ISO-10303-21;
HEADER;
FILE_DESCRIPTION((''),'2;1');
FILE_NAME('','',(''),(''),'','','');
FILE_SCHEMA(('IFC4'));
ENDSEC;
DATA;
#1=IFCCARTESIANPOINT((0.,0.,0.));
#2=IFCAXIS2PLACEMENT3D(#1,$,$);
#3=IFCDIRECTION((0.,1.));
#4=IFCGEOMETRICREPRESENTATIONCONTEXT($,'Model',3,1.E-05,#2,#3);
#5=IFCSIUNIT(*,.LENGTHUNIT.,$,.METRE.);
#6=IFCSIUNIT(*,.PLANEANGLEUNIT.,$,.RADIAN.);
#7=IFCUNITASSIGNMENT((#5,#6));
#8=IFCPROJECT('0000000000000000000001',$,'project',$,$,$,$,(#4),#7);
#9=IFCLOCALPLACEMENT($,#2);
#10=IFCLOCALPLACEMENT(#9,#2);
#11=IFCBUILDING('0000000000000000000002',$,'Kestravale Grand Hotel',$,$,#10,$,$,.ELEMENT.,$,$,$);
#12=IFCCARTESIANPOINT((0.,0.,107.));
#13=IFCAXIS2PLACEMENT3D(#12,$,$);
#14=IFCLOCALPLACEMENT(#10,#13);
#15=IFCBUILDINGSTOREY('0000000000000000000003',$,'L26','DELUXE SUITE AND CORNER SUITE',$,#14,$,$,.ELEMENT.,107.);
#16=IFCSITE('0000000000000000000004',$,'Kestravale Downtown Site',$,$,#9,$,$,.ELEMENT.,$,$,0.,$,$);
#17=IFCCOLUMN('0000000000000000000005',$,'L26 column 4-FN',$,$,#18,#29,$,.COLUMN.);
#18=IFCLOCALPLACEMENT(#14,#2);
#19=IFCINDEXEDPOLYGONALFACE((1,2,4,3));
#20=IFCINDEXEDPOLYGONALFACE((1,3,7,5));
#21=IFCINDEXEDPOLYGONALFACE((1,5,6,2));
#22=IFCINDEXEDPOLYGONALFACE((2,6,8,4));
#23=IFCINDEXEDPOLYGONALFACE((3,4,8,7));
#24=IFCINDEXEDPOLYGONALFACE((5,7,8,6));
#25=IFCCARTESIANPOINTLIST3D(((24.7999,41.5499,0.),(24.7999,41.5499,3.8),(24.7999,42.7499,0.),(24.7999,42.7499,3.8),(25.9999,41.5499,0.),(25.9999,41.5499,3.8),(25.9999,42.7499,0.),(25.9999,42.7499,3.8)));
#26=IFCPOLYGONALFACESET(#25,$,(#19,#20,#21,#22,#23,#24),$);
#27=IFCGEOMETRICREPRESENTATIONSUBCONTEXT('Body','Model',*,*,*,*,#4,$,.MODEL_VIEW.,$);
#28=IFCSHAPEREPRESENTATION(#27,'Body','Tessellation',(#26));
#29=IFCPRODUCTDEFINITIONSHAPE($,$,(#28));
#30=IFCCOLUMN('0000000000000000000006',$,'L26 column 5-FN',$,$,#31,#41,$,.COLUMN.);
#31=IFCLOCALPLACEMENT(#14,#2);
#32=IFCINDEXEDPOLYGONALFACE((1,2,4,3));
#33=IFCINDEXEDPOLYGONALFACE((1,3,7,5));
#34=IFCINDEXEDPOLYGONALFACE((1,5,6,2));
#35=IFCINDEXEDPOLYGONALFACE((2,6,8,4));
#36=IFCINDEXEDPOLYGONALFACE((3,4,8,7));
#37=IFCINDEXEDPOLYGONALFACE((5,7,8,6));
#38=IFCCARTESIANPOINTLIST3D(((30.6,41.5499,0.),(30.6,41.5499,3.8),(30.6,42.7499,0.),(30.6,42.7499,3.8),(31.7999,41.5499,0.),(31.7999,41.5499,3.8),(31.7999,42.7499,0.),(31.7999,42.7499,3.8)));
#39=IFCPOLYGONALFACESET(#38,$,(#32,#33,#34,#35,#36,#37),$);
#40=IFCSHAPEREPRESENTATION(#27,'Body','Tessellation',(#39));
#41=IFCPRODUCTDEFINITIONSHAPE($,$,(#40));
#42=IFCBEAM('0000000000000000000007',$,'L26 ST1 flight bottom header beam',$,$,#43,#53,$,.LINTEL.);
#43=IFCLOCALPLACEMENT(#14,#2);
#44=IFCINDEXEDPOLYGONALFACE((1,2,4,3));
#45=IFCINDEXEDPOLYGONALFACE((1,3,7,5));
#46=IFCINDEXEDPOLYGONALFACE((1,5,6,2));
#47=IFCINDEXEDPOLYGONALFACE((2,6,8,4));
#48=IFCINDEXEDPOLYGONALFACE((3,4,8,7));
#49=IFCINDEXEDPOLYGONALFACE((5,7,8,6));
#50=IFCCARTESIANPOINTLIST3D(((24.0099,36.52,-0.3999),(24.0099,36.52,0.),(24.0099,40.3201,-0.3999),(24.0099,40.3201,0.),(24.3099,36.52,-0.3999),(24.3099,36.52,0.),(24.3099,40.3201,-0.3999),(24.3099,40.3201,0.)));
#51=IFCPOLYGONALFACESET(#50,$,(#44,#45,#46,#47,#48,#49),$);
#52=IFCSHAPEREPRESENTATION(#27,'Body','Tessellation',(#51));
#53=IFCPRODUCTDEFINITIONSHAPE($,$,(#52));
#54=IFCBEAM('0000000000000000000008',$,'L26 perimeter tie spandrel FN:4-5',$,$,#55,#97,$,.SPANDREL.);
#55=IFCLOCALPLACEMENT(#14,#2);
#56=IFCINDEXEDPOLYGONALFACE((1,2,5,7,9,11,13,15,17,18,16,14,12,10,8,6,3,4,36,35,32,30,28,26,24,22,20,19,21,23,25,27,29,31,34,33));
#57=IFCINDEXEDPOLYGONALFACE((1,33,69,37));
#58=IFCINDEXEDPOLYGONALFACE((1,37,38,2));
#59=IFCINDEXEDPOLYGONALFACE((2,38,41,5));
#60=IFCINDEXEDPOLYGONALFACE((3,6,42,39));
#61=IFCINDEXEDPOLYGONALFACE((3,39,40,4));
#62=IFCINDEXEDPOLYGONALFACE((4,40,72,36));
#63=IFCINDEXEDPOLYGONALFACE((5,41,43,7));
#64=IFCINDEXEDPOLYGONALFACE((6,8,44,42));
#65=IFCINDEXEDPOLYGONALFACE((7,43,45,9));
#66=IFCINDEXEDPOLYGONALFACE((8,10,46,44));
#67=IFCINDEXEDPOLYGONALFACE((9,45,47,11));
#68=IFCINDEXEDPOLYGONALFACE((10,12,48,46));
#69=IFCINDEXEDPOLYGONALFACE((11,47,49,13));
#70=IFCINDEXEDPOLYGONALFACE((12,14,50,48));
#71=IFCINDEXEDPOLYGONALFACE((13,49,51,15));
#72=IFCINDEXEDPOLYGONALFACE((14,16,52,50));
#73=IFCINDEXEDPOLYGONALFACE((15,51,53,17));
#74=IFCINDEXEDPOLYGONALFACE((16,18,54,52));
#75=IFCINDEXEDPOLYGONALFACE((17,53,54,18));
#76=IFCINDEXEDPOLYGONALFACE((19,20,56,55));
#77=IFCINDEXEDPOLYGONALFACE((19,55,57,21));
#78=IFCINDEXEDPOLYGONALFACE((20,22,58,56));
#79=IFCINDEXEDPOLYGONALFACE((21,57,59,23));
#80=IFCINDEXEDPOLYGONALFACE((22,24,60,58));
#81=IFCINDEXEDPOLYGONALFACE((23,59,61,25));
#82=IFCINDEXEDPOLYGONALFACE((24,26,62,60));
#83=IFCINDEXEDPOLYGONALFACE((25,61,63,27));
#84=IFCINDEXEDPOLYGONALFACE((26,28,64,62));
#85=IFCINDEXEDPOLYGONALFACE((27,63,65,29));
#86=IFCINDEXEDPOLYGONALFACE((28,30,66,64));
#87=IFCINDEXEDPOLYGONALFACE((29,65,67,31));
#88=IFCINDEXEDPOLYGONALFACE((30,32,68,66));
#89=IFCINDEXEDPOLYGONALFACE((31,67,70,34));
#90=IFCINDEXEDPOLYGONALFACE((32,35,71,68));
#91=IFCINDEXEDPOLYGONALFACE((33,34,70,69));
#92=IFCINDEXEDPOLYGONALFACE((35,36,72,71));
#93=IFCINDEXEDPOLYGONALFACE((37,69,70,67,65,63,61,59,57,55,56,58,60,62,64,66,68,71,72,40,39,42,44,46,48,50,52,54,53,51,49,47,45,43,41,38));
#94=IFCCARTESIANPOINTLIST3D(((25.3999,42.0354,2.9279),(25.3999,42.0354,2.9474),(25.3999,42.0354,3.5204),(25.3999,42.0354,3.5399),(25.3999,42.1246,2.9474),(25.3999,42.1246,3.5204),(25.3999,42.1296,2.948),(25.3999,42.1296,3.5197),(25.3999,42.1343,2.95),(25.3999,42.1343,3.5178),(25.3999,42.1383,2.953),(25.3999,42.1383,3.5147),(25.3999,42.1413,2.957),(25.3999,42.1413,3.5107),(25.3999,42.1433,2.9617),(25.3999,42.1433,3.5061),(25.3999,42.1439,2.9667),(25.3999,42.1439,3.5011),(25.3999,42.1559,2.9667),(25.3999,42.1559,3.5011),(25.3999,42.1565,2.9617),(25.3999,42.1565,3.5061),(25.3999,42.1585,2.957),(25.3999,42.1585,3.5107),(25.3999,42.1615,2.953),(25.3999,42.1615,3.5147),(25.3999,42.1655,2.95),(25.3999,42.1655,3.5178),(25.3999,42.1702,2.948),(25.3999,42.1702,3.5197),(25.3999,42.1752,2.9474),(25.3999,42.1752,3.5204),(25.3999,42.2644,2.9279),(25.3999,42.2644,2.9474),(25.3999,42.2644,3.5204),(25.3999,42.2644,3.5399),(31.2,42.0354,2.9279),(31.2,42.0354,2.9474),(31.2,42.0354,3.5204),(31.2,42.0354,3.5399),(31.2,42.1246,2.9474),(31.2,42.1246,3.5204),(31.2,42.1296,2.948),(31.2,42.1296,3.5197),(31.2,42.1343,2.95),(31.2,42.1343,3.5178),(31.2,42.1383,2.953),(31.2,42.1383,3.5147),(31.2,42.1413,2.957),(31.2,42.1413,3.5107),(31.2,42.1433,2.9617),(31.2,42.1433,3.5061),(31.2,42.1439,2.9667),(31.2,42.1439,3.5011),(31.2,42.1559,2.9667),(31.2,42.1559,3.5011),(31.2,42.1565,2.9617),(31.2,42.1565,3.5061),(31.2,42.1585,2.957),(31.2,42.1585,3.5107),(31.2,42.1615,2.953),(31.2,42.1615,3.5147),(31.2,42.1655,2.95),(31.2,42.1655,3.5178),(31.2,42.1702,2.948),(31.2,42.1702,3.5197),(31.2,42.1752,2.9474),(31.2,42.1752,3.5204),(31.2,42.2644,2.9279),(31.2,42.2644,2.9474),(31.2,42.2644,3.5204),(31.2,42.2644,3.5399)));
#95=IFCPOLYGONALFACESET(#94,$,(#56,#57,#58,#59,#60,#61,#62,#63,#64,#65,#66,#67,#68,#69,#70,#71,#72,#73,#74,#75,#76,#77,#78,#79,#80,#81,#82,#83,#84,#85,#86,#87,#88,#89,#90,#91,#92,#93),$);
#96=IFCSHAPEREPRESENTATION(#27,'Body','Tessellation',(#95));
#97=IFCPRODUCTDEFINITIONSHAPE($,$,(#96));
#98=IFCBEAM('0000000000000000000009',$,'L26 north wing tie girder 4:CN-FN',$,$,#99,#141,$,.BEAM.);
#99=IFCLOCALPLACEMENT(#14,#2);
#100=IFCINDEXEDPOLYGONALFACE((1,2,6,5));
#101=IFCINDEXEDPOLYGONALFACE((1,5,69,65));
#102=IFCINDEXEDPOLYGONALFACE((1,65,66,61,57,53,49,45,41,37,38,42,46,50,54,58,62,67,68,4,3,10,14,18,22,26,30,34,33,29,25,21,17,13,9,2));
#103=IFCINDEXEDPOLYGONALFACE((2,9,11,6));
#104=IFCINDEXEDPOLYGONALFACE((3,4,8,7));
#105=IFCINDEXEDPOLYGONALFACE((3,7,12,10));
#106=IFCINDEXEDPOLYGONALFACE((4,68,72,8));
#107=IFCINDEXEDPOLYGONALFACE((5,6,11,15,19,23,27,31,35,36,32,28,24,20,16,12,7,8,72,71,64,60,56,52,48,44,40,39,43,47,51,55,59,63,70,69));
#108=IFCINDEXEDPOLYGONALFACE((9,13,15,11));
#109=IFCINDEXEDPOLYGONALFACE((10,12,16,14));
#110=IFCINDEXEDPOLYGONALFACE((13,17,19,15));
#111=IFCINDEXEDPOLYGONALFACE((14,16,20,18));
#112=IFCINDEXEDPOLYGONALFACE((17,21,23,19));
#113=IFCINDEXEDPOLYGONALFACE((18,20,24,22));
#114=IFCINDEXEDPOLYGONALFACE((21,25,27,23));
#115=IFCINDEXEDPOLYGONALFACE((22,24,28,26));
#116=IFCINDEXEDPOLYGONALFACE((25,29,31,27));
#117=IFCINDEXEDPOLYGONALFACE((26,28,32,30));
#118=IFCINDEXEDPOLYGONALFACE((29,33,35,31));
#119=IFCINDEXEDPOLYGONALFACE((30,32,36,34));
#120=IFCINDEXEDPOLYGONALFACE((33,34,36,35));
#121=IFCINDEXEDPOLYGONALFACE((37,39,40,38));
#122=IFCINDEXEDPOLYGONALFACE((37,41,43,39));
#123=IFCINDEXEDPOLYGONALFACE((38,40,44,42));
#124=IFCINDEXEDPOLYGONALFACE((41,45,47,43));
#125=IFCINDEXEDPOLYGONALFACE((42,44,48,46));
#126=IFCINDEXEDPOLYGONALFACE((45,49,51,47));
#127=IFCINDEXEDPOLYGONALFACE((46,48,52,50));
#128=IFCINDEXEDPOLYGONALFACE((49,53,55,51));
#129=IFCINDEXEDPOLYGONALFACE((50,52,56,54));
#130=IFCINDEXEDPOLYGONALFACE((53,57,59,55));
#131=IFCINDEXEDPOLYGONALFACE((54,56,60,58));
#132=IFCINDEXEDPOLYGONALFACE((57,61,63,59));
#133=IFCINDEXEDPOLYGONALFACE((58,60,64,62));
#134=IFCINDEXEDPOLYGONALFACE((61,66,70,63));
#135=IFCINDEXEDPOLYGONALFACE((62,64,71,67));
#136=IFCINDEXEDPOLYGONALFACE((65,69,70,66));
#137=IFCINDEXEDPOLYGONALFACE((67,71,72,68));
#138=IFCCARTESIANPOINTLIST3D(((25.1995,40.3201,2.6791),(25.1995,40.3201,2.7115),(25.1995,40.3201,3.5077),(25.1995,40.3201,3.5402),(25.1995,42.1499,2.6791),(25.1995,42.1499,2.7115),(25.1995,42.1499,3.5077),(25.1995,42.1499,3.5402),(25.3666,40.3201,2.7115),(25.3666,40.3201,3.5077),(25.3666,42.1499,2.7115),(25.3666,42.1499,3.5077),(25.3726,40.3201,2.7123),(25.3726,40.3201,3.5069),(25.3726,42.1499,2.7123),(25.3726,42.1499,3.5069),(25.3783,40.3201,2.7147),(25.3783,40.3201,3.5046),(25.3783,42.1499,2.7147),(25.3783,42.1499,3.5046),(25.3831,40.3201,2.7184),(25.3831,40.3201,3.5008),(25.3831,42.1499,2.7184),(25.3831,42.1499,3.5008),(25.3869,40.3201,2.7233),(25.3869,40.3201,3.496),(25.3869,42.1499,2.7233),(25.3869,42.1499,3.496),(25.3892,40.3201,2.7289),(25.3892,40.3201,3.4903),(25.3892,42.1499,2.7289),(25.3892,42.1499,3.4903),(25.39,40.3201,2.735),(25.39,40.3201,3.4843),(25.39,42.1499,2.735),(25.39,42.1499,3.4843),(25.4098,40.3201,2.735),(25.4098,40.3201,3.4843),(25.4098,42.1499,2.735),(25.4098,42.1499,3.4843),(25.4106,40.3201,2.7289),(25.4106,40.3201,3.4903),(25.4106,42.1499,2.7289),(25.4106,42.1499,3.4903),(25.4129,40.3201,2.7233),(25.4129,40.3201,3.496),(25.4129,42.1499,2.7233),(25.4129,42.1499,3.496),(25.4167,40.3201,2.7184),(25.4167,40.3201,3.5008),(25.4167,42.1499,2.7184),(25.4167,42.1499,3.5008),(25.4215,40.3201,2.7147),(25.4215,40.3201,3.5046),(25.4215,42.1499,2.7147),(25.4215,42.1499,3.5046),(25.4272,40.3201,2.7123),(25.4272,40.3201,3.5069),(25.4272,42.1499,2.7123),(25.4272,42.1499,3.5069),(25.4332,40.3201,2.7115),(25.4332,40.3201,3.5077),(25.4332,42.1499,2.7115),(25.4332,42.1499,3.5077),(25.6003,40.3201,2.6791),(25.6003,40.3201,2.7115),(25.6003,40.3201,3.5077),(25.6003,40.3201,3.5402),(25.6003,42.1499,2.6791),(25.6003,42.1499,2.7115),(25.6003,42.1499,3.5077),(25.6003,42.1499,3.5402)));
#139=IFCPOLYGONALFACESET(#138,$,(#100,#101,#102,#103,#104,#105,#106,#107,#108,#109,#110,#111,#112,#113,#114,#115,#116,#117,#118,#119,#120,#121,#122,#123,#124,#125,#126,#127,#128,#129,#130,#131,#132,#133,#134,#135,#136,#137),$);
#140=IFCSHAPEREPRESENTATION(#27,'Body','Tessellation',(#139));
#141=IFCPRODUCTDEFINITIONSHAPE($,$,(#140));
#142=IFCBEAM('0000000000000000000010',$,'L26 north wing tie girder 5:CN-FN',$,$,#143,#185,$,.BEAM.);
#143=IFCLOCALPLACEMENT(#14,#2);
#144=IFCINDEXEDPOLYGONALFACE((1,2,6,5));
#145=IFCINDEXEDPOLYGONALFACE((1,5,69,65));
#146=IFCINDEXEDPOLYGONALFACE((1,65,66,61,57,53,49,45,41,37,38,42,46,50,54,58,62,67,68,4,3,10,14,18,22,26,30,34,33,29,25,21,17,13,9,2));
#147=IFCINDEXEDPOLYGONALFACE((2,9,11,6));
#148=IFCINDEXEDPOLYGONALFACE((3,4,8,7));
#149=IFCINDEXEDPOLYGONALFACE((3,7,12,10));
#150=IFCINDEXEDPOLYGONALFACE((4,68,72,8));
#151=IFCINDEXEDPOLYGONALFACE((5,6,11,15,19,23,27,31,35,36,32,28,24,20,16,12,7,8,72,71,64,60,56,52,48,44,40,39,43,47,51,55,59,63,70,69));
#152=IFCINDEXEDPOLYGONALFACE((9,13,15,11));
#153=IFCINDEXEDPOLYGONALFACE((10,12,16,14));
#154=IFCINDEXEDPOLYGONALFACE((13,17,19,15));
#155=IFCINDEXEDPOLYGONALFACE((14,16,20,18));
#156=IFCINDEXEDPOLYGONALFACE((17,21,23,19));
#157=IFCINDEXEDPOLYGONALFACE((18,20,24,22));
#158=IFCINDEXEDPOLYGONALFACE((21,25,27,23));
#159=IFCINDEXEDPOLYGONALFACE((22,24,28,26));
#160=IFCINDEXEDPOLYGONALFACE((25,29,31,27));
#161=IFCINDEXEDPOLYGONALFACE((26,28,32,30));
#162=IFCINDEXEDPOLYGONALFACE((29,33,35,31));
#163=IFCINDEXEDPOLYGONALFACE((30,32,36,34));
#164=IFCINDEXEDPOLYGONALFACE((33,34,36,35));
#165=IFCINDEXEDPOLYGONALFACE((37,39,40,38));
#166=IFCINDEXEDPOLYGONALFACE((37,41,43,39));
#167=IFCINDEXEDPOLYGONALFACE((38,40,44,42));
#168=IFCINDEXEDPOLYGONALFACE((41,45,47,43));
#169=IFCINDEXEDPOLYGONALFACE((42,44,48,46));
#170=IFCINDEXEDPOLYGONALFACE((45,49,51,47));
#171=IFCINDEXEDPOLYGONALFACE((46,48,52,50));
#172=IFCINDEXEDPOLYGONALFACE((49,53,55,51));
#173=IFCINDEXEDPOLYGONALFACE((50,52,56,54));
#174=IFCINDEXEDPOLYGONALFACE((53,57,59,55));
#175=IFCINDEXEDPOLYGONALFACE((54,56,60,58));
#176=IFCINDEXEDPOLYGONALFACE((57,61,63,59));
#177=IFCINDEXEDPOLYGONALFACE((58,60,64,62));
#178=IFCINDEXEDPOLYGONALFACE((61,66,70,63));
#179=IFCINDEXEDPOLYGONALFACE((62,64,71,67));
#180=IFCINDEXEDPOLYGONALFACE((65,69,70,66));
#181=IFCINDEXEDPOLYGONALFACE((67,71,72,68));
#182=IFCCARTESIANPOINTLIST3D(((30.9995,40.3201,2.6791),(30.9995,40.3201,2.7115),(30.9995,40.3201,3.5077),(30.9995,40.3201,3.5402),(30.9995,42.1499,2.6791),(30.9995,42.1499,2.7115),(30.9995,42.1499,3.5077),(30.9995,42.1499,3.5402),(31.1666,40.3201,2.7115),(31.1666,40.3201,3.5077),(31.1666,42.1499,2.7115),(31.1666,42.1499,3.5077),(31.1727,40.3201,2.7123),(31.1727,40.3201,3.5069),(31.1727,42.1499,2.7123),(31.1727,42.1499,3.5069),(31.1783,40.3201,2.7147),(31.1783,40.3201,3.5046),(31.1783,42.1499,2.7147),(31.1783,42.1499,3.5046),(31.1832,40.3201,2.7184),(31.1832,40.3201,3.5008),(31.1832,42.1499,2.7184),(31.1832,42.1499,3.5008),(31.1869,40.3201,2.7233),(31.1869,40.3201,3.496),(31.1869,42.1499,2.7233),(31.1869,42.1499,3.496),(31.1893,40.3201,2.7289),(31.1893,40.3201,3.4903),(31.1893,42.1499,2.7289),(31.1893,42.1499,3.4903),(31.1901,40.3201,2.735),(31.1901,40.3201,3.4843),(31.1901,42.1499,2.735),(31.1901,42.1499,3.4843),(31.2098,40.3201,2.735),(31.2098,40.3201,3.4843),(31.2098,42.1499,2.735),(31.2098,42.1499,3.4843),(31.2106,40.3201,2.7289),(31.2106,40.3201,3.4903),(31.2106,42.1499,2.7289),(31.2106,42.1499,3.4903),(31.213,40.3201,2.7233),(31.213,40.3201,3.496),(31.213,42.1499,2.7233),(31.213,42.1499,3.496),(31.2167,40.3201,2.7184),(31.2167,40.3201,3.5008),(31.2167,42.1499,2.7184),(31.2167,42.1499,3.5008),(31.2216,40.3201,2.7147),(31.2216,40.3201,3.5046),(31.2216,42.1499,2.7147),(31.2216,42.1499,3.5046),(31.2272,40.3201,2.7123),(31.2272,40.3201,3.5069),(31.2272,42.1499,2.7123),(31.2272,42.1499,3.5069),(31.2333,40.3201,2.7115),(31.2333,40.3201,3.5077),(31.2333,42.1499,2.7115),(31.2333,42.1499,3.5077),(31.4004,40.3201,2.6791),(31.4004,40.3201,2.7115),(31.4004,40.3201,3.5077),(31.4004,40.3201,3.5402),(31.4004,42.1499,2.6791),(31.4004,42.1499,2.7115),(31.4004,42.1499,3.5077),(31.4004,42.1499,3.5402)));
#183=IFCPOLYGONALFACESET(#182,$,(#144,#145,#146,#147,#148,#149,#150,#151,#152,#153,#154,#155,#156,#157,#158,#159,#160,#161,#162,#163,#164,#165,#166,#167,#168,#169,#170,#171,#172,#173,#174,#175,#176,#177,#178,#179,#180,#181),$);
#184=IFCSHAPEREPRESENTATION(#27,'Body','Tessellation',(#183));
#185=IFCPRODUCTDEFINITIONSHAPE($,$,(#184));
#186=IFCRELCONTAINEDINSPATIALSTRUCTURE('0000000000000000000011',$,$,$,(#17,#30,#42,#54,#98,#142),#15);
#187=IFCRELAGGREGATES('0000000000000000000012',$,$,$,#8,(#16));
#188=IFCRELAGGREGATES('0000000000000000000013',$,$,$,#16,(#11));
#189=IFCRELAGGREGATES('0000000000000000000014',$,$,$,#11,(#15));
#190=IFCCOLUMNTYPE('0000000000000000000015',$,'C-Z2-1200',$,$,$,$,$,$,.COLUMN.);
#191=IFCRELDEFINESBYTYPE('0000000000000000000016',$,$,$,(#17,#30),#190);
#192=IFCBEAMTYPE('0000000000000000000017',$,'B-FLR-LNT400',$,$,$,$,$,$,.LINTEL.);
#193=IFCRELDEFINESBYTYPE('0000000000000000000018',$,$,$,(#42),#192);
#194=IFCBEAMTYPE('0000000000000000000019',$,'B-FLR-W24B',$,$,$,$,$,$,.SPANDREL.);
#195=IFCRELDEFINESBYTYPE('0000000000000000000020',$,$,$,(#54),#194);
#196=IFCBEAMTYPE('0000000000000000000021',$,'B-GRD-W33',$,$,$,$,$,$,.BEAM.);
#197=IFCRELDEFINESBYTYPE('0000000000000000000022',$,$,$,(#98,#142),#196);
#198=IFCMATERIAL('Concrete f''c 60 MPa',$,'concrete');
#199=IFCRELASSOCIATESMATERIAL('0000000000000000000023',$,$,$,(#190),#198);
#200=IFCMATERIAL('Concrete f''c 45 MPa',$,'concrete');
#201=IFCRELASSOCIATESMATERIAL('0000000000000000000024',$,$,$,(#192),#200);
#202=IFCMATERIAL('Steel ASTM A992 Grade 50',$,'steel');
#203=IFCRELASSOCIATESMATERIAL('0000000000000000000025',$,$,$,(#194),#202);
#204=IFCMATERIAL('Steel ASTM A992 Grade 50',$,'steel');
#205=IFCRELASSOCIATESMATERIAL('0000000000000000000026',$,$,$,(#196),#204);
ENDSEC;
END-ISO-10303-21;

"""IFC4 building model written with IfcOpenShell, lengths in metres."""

from ifc_helpers import new_model, si_unit, direction, frame, origin, origin_2d, place, context, subcontext, project, spatial, rectangle, i_section, extrude, material, material_profile, profile_set, type_object, element, save


model = new_model("IFC4")

# Units and contexts
model_context = context("Model", 3, precision=1e-05, world=origin(), true_north=direction((0.0, 1.0)))
body_context = subcontext(model_context, "Body", "Model", "MODEL_VIEW")
ifc_project = project(units=[si_unit("LENGTHUNIT", "METRE"), si_unit("PLANEANGLEUNIT", "RADIAN")], contexts=[model_context])

# Site, building, storey
site_placement = place(None, origin())
site = spatial("IfcSite", under=ifc_project, at=site_placement, Name="Kestravale Downtown Site", CompositionType="ELEMENT", RefElevation=0.0)
building_placement = place(site_placement, origin())
building = spatial("IfcBuilding", under=site, at=building_placement, Name="Kestravale Grand Hotel", CompositionType="ELEMENT")
storey_placement = place(building_placement, frame((0.0, 0.0, 107.0)))
storey = spatial("IfcBuildingStorey", under=building, at=storey_placement, Name="L26", Description="DELUXE SUITE AND CORNER SUITE", CompositionType="ELEMENT", Elevation=107.0)

# Columns
ifc_material_1 = material(Name="Concrete f'c 60 MPa", Category="concrete")
ifc_material_profile_1 = material_profile(ifc_material_1, rectangle(XDim=1.2, YDim=1.2, at=origin_2d()))
ifc_profile_set_1 = profile_set([ifc_material_profile_1], Name="Concrete f'c 60 MPa")
column_type = type_object("IfcColumnType", Name="C-Z2-1200", PredefinedType="COLUMN", material=ifc_profile_set_1)
for number, where, z_axis, x_axis, name in (
    (1, (25.3999, 42.1499, 0.0), (0.0, 0.0, 1.0), (1.0, 0.0, 0.0), "L26 column 4-FN"),
    (2, (31.2, 42.1499, 0.0), (0.0, 0.0, 1.0), (1.0, 0.0, 0.0), "L26 column 5-FN"),
):
    element("IfcColumn", number, at=place(storey_placement, frame(where, z_axis=z_axis, x_axis=x_axis)), inside=storey, type_object=column_type, Name=name, PredefinedType="COLUMN", context=body_context, shape_type="SweptSolid", body=[
        extrude(rectangle(XDim=1.2, YDim=1.2, at=origin_2d()), origin(), (0.0, 0.0, 1.0), 3.8),
    ])

# Beams
ifc_material_2 = material(Name="Concrete f'c 45 MPa", Category="concrete")
ifc_material_profile_2 = material_profile(ifc_material_2, rectangle(XDim=0.3, YDim=0.3999, at=origin_2d()))
ifc_profile_set_2 = profile_set([ifc_material_profile_2], Name="Concrete f'c 45 MPa")
beam_type_1 = type_object("IfcBeamType", Name="B-FLR-LNT400", PredefinedType="LINTEL", material=ifc_profile_set_2)
beam_1_placement = place(storey_placement, frame((24.1599, 36.52, -0.2), z_axis=(0.0, 1.0, 0.0), x_axis=(-1.0, 0.0, 0.0)))
element("IfcBeam", 3, at=beam_1_placement, inside=storey, type_object=beam_type_1, Name="L26 ST1 flight bottom header beam", PredefinedType="LINTEL", context=body_context, shape_type="SweptSolid", body=[
    extrude(rectangle(XDim=0.3, YDim=0.3999, at=origin_2d()), origin(), (0.0, 0.0, 1.0), 3.8),
])
ifc_material_3 = material(Name="Steel ASTM A992 Grade 50", Category="steel")
ifc_material_profile_3 = material_profile(ifc_material_3, i_section(OverallWidth=0.229, OverallDepth=0.6121, WebThickness=0.012, FlangeThickness=0.0195, FilletRadius=0.0193, at=origin_2d()))
ifc_profile_set_3 = profile_set([ifc_material_profile_3], Name="Steel ASTM A992 Grade 50")
beam_type_2 = type_object("IfcBeamType", Name="B-FLR-W24B", PredefinedType="SPANDREL", material=ifc_profile_set_3)
beam_2_placement = place(storey_placement, frame((25.3999, 42.1499, 3.2339), z_axis=(1.0, 0.0, 0.0), x_axis=(0.0, 1.0, 0.0)))
element("IfcBeam", 4, at=beam_2_placement, inside=storey, type_object=beam_type_2, Name="L26 perimeter tie spandrel FN:4-5", PredefinedType="SPANDREL", context=body_context, shape_type="SweptSolid", body=[
    extrude(i_section(OverallWidth=0.229, OverallDepth=0.6121, WebThickness=0.012, FlangeThickness=0.0195, FilletRadius=0.0193, at=origin_2d()), origin(), (0.0, 0.0, 1.0), 5.8),
])
ifc_material_4 = material(Name="Steel ASTM A992 Grade 50", Category="steel")
ifc_material_profile_4 = material_profile(ifc_material_4, i_section(OverallWidth=0.4009, OverallDepth=0.8611, WebThickness=0.0198, FlangeThickness=0.0325, FilletRadius=0.0234, at=origin_2d()))
ifc_profile_set_4 = profile_set([ifc_material_profile_4], Name="Steel ASTM A992 Grade 50")
beam_type_3 = type_object("IfcBeamType", Name="B-GRD-W33", PredefinedType="BEAM", material=ifc_profile_set_4)
for number, where, z_axis, x_axis, name in (
    (5, (25.3999, 40.3201, 3.1096), (0.0, 1.0, 0.0), (-1.0, 0.0, 0.0), "L26 north wing tie girder 4:CN-FN"),
    (6, (31.2, 40.3201, 3.1096), (0.0, 1.0, 0.0), (-1.0, 0.0, 0.0), "L26 north wing tie girder 5:CN-FN"),
):
    element("IfcBeam", number, at=place(storey_placement, frame(where, z_axis=z_axis, x_axis=x_axis)), inside=storey, type_object=beam_type_3, Name=name, PredefinedType="BEAM", context=body_context, shape_type="SweptSolid", body=[
        extrude(i_section(OverallWidth=0.4009, OverallDepth=0.8611, WebThickness=0.0198, FlangeThickness=0.0325, FilletRadius=0.0234, at=origin_2d()), origin(), (0.0, 0.0, 1.0), 1.8298),
    ])

save(model, "model.ifc")
